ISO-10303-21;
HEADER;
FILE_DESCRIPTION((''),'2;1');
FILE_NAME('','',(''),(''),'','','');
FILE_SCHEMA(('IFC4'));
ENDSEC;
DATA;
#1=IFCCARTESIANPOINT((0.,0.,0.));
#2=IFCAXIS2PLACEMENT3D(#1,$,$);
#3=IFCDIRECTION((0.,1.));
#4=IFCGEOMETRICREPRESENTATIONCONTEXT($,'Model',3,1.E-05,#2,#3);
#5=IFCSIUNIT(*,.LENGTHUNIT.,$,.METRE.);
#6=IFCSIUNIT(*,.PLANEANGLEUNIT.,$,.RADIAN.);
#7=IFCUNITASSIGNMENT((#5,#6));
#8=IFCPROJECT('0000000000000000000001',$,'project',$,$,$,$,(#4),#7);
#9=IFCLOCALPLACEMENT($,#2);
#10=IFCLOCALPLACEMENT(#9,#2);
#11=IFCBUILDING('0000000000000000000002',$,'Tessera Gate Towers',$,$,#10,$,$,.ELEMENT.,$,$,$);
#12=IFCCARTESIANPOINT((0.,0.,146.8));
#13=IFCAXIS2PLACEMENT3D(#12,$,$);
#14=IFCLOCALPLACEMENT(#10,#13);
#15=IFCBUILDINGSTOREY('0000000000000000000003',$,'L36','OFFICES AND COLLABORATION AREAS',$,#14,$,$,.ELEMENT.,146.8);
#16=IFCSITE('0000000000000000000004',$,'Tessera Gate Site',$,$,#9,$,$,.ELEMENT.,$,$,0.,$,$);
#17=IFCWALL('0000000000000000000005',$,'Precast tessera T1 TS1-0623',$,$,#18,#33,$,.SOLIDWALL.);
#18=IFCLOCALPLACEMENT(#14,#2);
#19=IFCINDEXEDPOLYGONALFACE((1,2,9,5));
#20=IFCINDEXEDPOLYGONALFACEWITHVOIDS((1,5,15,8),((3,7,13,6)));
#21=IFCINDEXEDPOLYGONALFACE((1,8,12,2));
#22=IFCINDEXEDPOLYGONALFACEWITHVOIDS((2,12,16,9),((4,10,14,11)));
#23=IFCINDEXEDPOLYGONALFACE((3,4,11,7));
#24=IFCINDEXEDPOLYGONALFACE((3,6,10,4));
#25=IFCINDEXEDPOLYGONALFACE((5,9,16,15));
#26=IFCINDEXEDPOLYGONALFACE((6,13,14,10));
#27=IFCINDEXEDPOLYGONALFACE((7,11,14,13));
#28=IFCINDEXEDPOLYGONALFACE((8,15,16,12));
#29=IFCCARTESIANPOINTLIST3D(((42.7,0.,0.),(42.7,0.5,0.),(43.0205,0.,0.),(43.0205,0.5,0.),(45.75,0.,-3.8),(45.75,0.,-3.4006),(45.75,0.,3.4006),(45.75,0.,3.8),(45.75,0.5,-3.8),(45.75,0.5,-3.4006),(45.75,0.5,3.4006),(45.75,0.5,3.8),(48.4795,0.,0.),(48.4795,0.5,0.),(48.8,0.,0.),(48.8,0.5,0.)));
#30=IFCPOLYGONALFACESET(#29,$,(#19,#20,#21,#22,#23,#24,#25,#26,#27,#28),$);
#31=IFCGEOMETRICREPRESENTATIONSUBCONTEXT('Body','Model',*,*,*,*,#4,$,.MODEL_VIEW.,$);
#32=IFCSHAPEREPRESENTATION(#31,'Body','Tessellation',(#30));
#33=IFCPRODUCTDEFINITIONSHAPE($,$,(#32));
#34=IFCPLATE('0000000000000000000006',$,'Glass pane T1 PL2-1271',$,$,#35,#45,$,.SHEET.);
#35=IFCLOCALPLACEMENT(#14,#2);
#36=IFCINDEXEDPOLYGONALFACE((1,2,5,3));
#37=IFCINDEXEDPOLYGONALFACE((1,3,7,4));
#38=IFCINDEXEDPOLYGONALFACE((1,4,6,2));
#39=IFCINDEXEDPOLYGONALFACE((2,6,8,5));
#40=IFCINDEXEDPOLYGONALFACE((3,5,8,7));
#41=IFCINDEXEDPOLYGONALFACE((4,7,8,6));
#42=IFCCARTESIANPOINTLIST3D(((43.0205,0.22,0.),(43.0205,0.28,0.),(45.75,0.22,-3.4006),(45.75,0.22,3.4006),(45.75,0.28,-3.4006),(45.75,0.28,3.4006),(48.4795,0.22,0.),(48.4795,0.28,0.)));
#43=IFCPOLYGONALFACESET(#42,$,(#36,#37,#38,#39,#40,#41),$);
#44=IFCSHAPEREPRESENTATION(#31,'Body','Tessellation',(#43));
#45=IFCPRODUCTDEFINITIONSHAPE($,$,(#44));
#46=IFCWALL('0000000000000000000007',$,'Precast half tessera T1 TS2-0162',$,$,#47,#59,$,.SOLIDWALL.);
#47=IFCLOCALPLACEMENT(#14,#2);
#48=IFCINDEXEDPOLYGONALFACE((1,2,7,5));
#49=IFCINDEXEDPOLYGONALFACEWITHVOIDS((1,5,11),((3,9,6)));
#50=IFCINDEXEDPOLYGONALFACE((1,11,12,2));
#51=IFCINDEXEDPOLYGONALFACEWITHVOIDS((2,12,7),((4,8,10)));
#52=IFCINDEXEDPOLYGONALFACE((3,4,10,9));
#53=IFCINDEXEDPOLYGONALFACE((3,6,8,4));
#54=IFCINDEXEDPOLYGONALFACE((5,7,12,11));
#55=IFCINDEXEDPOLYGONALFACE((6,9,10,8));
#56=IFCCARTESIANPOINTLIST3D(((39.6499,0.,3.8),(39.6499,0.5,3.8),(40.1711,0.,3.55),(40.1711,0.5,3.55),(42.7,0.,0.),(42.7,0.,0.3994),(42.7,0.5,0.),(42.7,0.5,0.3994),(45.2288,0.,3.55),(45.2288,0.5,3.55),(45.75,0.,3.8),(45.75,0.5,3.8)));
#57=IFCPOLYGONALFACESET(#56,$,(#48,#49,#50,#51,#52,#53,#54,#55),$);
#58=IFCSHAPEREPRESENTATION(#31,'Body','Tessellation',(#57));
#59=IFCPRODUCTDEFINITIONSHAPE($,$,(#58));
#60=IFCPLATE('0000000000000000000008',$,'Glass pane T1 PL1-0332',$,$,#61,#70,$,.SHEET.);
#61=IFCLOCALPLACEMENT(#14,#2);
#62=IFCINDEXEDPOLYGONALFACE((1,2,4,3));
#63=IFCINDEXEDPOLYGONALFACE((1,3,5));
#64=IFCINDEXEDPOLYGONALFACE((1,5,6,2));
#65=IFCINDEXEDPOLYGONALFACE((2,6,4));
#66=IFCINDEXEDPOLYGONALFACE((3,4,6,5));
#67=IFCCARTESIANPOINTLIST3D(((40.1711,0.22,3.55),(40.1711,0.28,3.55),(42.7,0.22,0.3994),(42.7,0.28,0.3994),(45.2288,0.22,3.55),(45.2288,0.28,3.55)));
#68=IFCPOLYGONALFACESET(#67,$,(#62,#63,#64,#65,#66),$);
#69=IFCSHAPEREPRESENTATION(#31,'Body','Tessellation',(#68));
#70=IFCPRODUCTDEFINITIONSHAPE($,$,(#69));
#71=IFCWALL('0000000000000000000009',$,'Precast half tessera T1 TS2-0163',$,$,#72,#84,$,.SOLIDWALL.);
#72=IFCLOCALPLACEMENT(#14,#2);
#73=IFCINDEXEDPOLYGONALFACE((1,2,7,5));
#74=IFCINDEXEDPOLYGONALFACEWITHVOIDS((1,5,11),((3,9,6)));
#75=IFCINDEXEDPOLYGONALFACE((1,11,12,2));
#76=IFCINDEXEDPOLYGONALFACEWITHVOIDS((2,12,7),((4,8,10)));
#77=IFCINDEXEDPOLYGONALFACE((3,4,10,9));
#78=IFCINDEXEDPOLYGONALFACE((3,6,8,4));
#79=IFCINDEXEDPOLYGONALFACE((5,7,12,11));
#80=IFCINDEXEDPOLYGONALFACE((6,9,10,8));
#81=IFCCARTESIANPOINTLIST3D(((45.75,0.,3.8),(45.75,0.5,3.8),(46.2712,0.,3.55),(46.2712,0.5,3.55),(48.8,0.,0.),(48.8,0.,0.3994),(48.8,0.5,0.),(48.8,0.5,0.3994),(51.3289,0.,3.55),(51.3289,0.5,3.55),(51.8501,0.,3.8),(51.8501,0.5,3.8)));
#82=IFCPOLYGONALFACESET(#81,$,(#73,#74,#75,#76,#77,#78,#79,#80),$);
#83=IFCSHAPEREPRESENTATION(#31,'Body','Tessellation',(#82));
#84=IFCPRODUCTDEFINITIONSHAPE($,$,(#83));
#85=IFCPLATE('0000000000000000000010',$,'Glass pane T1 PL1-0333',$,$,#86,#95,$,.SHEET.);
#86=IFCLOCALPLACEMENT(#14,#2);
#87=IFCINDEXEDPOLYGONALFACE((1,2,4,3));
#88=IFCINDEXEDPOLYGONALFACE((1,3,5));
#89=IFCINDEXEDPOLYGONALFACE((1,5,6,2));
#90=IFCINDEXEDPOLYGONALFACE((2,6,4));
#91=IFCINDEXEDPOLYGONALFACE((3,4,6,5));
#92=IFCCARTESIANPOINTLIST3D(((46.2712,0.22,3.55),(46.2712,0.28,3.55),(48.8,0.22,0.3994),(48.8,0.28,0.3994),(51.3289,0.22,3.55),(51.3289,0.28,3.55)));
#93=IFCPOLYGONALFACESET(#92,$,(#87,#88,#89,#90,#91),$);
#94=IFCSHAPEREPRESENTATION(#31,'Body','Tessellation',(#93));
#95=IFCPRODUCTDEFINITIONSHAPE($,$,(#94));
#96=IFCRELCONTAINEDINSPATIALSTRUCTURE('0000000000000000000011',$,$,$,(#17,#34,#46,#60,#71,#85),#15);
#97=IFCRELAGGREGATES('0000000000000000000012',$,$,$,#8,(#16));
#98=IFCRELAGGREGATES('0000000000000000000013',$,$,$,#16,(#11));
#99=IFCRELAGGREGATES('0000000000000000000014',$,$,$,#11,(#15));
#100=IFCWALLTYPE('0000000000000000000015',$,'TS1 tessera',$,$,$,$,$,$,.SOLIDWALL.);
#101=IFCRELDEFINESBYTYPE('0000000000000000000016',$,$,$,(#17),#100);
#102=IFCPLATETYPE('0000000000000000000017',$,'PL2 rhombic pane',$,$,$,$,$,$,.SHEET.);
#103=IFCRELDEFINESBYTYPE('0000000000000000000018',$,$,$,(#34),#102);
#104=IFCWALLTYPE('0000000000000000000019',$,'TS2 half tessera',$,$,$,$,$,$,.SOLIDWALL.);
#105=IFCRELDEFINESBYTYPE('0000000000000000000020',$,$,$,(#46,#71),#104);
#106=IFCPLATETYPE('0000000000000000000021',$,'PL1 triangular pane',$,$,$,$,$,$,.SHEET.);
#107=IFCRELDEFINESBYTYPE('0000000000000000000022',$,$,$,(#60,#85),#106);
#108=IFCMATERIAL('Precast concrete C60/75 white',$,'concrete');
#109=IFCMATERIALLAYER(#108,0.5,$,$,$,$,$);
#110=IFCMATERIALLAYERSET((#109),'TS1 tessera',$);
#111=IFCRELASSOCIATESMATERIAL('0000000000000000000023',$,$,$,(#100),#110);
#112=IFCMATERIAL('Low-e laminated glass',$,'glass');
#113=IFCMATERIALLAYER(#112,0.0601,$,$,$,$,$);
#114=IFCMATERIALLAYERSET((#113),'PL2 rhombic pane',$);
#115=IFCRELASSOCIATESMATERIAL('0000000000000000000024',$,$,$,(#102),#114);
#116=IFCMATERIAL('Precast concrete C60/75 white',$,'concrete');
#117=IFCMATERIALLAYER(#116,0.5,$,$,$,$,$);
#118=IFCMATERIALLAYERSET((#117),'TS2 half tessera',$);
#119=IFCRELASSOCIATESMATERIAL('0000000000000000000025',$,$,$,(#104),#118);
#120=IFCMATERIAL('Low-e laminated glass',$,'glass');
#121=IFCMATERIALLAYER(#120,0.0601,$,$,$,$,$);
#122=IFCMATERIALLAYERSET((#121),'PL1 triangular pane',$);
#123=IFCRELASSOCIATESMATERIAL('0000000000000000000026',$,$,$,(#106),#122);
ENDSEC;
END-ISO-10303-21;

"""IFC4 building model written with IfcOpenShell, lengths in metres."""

from ifc_helpers import new_model, si_unit, direction, frame, origin, place, context, subcontext, project, spatial, polyline, outline, extrude, source, transform, mapped, material, layer, layer_set, type_object, element, fill, save


model = new_model("IFC4")

# Units and contexts
model_context = context("Model", 3, precision=1e-05, world=origin(), true_north=direction((0.0, 1.0)))
body_context = subcontext(model_context, "Body", "Model", "MODEL_VIEW")
ifc_project = project(units=[si_unit("LENGTHUNIT", "METRE"), si_unit("PLANEANGLEUNIT", "RADIAN")], contexts=[model_context])

# Site, building, storey
site_placement = place(None, origin())
site = spatial("IfcSite", under=ifc_project, at=site_placement, Name="Tessera Gate Site", CompositionType="ELEMENT", RefElevation=0.0)
building_placement = place(site_placement, origin())
building = spatial("IfcBuilding", under=site, at=building_placement, Name="Tessera Gate Towers", CompositionType="ELEMENT")
storey_placement = place(building_placement, frame((0.0, 0.0, 146.8)))
storey = spatial("IfcBuildingStorey", under=building, at=storey_placement, Name="L36", Description="OFFICES AND COLLABORATION AREAS", CompositionType="ELEMENT", Elevation=146.8)

# Walls, openings, plates
ifc_material_1 = material(Name="Precast concrete C60/75 white", Category="concrete")
ifc_layer_1 = layer(ifc_material_1, 0.5)
ifc_layer_set_1 = layer_set([ifc_layer_1], Name="TS1 tessera")
wall_type_1 = type_object("IfcWallType", Name="TS1 tessera", PredefinedType="SOLIDWALL", material=ifc_layer_set_1)
shared_shape_1 = source(origin(), body_context, "Body", "SweptSolid", [
    extrude(outline(polyline([(3.05, 0.0), (6.1001, 3.8), (3.05, 7.6001), (0.0, 3.8), (3.05, 0.0)])), frame((0.0, 0.25, 0.0), z_axis=(0.0, -1.0, 0.0), x_axis=(1.0, 0.0, 0.0)), (0.0, 0.0, 1.0), 0.5),
])
wall_1_placement = place(storey_placement, frame((42.7, 0.25, -3.8), z_axis=(0.0, 0.0, 1.0), x_axis=(1.0, 0.0, 0.0)))
wall_1 = element("IfcWall", 1, at=wall_1_placement, inside=storey, type_object=wall_type_1, Name="Precast tessera T1 TS1-0623", PredefinedType="SOLIDWALL", context=body_context, shape_type="MappedRepresentation", body=[
    mapped(shared_shape_1, transform((0.0, 0.0, 0.0), scale=1.0)),
])
shared_shape_2 = source(origin(), body_context, "Body", "SweptSolid", [
    extrude(outline(polyline([(3.05, 0.3994), (5.7795, 3.8), (3.05, 7.2007), (0.3206, 3.8), (3.05, 0.3994)])), frame((0.0, 0.26, 0.0), z_axis=(0.0, -1.0, 0.0), x_axis=(1.0, 0.0, 0.0)), (0.0, 0.0, 1.0), 0.52),
])
opening_1_placement = place(wall_1_placement, origin())
opening_1 = element("IfcOpeningElement", 2, at=opening_1_placement, cuts=wall_1, PredefinedType="OPENING", context=body_context, shape_type="MappedRepresentation", body=[
    mapped(shared_shape_2, transform((0.0, 0.0, 0.0), scale=1.0)),
])
ifc_material_2 = material(Name="Low-e laminated glass", Category="glass")
ifc_layer_2 = layer(ifc_material_2, 0.0601)
ifc_layer_set_2 = layer_set([ifc_layer_2], Name="PL2 rhombic pane")
plate_type_1 = type_object("IfcPlateType", Name="PL2 rhombic pane", PredefinedType="SHEET", material=ifc_layer_set_2)
shared_shape_3 = source(origin(), body_context, "Body", "SweptSolid", [
    extrude(outline(polyline([(3.05, 0.3994), (5.7795, 3.8), (3.05, 7.2007), (0.3206, 3.8), (3.05, 0.3994)])), frame((0.0, 0.03, 0.0), z_axis=(0.0, -1.0, 0.0), x_axis=(1.0, 0.0, 0.0)), (0.0, 0.0, 1.0), 0.0601),
])
plate_1_placement = place(opening_1_placement, origin())
plate_1 = element("IfcPlate", 3, at=plate_1_placement, inside=storey, type_object=plate_type_1, Name="Glass pane T1 PL2-1271", PredefinedType="SHEET", context=body_context, shape_type="MappedRepresentation", body=[
    mapped(shared_shape_3, transform((0.0, 0.0, 0.0), scale=1.0)),
])
fill(opening_1, plate_1)
ifc_material_3 = material(Name="Precast concrete C60/75 white", Category="concrete")
ifc_layer_3 = layer(ifc_material_3, 0.5)
ifc_layer_set_3 = layer_set([ifc_layer_3], Name="TS2 half tessera")
wall_type_2 = type_object("IfcWallType", Name="TS2 half tessera", PredefinedType="SOLIDWALL", material=ifc_layer_set_3)
shared_shape_4 = source(origin(), body_context, "Body", "SweptSolid", [
    extrude(outline(polyline([(3.05, 0.0), (6.1001, 3.8), (0.0, 3.8), (3.05, 0.0)])), frame((0.0, 0.25, 0.0), z_axis=(0.0, -1.0, 0.0), x_axis=(1.0, 0.0, 0.0)), (0.0, 0.0, 1.0), 0.5),
])
wall_2_placement = place(storey_placement, frame((39.6499, 0.25, 0.0), z_axis=(0.0, 0.0, 1.0), x_axis=(1.0, 0.0, 0.0)))
wall_2 = element("IfcWall", 4, at=wall_2_placement, inside=storey, type_object=wall_type_2, Name="Precast half tessera T1 TS2-0162", PredefinedType="SOLIDWALL", context=body_context, shape_type="MappedRepresentation", body=[
    mapped(shared_shape_4, transform((0.0, 0.0, 0.0), scale=1.0)),
])
shared_shape_5 = source(origin(), body_context, "Body", "SweptSolid", [
    extrude(outline(polyline([(3.05, 0.3994), (5.5789, 3.55), (0.5212, 3.55), (3.05, 0.3994)])), frame((0.0, 0.26, 0.0), z_axis=(0.0, -1.0, 0.0), x_axis=(1.0, 0.0, 0.0)), (0.0, 0.0, 1.0), 0.52),
])
opening_2_placement = place(wall_2_placement, origin())
opening_2 = element("IfcOpeningElement", 5, at=opening_2_placement, cuts=wall_2, PredefinedType="OPENING", context=body_context, shape_type="MappedRepresentation", body=[
    mapped(shared_shape_5, transform((0.0, 0.0, 0.0), scale=1.0)),
])
ifc_material_4 = material(Name="Low-e laminated glass", Category="glass")
ifc_layer_4 = layer(ifc_material_4, 0.0601)
ifc_layer_set_4 = layer_set([ifc_layer_4], Name="PL1 triangular pane")
plate_type_2 = type_object("IfcPlateType", Name="PL1 triangular pane", PredefinedType="SHEET", material=ifc_layer_set_4)
shared_shape_6 = source(origin(), body_context, "Body", "SweptSolid", [
    extrude(outline(polyline([(3.05, 0.3994), (5.5789, 3.55), (0.5212, 3.55), (3.05, 0.3994)])), frame((0.0, 0.03, 0.0), z_axis=(0.0, -1.0, 0.0), x_axis=(1.0, 0.0, 0.0)), (0.0, 0.0, 1.0), 0.0601),
])
plate_2_placement = place(opening_2_placement, origin())
plate_2 = element("IfcPlate", 6, at=plate_2_placement, inside=storey, type_object=plate_type_2, Name="Glass pane T1 PL1-0332", PredefinedType="SHEET", context=body_context, shape_type="MappedRepresentation", body=[
    mapped(shared_shape_6, transform((0.0, 0.0, 0.0), scale=1.0)),
])
fill(opening_2, plate_2)
wall_3_placement = place(storey_placement, frame((45.75, 0.25, 0.0), z_axis=(0.0, 0.0, 1.0), x_axis=(1.0, 0.0, 0.0)))
wall_3 = element("IfcWall", 7, at=wall_3_placement, inside=storey, type_object=wall_type_2, Name="Precast half tessera T1 TS2-0163", PredefinedType="SOLIDWALL", context=body_context, shape_type="MappedRepresentation", body=[
    mapped(shared_shape_4, transform((0.0, 0.0, 0.0), scale=1.0)),
])
opening_3_placement = place(wall_3_placement, origin())
opening_3 = element("IfcOpeningElement", 8, at=opening_3_placement, cuts=wall_3, PredefinedType="OPENING", context=body_context, shape_type="MappedRepresentation", body=[
    mapped(shared_shape_5, transform((0.0, 0.0, 0.0), scale=1.0)),
])
plate_3_placement = place(opening_3_placement, origin())
plate_3 = element("IfcPlate", 9, at=plate_3_placement, inside=storey, type_object=plate_type_2, Name="Glass pane T1 PL1-0333", PredefinedType="SHEET", context=body_context, shape_type="MappedRepresentation", body=[
    mapped(shared_shape_6, transform((0.0, 0.0, 0.0), scale=1.0)),
])
fill(opening_3, plate_3)

save(model, "model.ifc")
